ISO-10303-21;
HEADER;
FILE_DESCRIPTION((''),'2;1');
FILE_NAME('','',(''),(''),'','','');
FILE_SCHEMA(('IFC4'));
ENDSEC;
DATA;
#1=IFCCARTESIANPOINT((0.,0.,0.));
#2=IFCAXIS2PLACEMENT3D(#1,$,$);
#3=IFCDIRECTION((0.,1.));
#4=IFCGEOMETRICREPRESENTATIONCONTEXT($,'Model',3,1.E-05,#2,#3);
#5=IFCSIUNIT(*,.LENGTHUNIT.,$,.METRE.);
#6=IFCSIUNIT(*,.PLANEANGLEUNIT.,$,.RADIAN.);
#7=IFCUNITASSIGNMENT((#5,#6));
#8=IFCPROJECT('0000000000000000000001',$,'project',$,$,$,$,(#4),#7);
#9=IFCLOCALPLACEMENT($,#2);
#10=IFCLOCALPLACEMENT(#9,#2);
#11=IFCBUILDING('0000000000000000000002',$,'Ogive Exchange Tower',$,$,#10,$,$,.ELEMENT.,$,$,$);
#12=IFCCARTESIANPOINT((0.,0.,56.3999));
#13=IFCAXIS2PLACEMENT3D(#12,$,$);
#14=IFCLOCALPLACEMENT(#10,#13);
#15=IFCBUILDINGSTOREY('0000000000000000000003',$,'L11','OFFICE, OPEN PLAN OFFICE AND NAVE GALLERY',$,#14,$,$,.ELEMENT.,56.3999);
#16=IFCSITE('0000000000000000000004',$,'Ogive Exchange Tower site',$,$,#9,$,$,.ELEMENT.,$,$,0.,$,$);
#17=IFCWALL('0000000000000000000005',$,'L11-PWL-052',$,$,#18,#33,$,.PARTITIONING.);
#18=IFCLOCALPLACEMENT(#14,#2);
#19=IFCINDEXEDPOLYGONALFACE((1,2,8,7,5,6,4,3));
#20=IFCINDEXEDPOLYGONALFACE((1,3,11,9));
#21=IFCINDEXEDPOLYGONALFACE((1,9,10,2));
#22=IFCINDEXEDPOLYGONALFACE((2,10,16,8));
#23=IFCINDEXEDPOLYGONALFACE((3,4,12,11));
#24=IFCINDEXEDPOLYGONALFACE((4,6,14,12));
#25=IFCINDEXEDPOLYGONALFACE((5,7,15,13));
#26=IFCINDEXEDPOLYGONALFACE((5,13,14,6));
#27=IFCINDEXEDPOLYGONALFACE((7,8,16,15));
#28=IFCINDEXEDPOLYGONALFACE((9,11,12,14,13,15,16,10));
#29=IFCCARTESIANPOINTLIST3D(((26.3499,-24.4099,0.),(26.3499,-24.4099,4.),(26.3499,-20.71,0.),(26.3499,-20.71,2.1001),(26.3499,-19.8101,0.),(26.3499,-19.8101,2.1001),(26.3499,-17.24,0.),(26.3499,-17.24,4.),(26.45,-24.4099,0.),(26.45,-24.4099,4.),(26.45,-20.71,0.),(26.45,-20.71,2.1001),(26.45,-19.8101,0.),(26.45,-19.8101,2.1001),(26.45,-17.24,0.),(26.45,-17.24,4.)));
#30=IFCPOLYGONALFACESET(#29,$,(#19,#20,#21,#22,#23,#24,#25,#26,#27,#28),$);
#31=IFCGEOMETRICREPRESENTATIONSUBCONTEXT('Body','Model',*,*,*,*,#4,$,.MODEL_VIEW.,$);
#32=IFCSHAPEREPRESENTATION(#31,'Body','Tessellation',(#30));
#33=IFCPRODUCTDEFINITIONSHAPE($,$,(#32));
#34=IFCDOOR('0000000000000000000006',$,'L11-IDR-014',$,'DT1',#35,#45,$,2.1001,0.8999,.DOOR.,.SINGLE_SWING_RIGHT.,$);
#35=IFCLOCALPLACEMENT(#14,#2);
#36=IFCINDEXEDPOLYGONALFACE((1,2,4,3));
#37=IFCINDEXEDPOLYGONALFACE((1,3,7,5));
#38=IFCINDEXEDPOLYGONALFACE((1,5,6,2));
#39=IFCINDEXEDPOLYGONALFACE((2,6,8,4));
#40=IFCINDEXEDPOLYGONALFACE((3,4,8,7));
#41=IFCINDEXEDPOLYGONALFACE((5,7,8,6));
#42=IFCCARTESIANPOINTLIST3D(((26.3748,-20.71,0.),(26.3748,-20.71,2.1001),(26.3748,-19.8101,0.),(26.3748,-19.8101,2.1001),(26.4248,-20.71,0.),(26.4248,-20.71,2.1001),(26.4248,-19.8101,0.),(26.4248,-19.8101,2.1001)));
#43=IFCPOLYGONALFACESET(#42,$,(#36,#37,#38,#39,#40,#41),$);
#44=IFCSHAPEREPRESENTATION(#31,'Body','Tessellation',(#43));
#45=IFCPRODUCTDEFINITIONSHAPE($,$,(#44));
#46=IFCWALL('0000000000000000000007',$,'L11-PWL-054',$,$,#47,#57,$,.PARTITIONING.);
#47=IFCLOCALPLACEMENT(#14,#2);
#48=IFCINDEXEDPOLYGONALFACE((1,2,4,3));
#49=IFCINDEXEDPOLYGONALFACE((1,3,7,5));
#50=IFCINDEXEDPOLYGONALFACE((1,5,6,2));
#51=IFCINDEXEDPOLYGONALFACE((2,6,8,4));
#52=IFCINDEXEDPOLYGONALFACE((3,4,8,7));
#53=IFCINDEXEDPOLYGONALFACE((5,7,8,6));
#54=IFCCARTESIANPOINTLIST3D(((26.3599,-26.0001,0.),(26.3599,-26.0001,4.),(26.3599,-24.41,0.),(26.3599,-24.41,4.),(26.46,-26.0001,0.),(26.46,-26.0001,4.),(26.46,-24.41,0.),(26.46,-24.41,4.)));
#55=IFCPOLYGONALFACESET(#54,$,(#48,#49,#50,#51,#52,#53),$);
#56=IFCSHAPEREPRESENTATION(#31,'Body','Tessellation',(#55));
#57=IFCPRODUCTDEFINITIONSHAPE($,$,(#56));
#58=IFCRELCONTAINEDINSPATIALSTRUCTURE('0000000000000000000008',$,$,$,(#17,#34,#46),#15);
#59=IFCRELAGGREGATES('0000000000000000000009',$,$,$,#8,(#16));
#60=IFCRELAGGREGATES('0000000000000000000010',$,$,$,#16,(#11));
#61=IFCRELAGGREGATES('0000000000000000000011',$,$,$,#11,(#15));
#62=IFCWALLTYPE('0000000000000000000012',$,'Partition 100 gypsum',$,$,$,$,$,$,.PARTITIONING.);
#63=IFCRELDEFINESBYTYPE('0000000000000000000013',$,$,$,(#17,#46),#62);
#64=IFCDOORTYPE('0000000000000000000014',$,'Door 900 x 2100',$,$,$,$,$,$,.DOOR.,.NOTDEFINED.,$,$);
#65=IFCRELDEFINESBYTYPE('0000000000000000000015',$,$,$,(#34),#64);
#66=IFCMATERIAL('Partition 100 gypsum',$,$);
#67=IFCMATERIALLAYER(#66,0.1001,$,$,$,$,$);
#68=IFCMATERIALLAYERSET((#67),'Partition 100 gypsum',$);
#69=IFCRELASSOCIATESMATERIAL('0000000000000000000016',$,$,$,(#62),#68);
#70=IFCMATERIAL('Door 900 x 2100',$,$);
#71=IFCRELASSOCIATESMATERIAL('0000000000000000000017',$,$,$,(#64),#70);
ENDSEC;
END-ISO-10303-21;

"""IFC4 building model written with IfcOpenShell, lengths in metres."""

from ifc_helpers import new_model, si_unit, direction, frame, frame_2d, origin, place, context, subcontext, project, spatial, rectangle, extrude, material, layer, layer_set, type_object, element, fill, save


model = new_model("IFC4")

# Units and contexts
model_context = context("Model", 3, precision=1e-05, world=origin(), true_north=direction((0.0, 1.0)))
body_context = subcontext(model_context, "Body", "Model", "MODEL_VIEW")
ifc_project = project(units=[si_unit("LENGTHUNIT", "METRE"), si_unit("PLANEANGLEUNIT", "RADIAN")], contexts=[model_context])

# Site, building, storey
site_placement = place(None, origin())
site = spatial("IfcSite", under=ifc_project, at=site_placement, Name="Ogive Exchange Tower site", CompositionType="ELEMENT", RefElevation=0.0)
building_placement = place(site_placement, origin())
building = spatial("IfcBuilding", under=site, at=building_placement, Name="Ogive Exchange Tower", CompositionType="ELEMENT")
storey_placement = place(building_placement, frame((0.0, 0.0, 56.3999)))
storey = spatial("IfcBuildingStorey", under=building, at=storey_placement, Name="L11", Description="OFFICE, OPEN PLAN OFFICE AND NAVE GALLERY", CompositionType="ELEMENT", Elevation=56.3999)

# Wall, opening, door
ifc_material_1 = material(Name="Partition 100 gypsum")
ifc_layer_1 = layer(ifc_material_1, 0.1001)
ifc_layer_set_1 = layer_set([ifc_layer_1], Name="Partition 100 gypsum")
wall_type_1 = type_object("IfcWallType", Name="Partition 100 gypsum", PredefinedType="PARTITIONING", material=ifc_layer_set_1)
wall_1_placement = place(storey_placement, frame((26.3999, -24.4099, 0.0), z_axis=(0.0, 0.0, 1.0), x_axis=(0.0, 1.0, 0.0)))
wall_1 = element("IfcWall", 1, at=wall_1_placement, inside=storey, type_object=wall_type_1, Name="L11-PWL-052", PredefinedType="PARTITIONING", context=body_context, shape_type="SweptSolid", body=[
    extrude(rectangle(XDim=7.1699, YDim=0.1001, at=frame_2d((3.585, 0.0))), origin(), (0.0, 0.0, 1.0), 4.0),
])
opening_1_placement = place(wall_1_placement, frame((3.7, 0.0, 0.0)))
opening_1 = element("IfcOpeningElement", 2, at=opening_1_placement, cuts=wall_1, PredefinedType="OPENING", context=body_context, shape_type="SweptSolid", body=[
    extrude(rectangle(XDim=0.8999, YDim=2.1001, at=frame_2d((0.45, 1.05))), frame((0.0, 0.0601, 0.0), z_axis=(0.0, -1.0, 0.0), x_axis=(1.0, 0.0, 0.0)), (0.0, 0.0, 1.0), 0.1201),
])
ifc_material_2 = material(Name="Door 900 x 2100")
door_type_1 = type_object("IfcDoorType", Name="Door 900 x 2100", OperationType="NOTDEFINED", PredefinedType="DOOR", material=ifc_material_2)
door_1_placement = place(opening_1_placement, frame((0.8999, 0.0, 0.0), z_axis=(0.0, 0.0, 1.0), x_axis=(-1.0, 0.0, 0.0)))
door_1 = element("IfcDoor", 3, at=door_1_placement, inside=storey, type_object=door_type_1, Name="L11-IDR-014", ObjectType="DT1", OperationType="SINGLE_SWING_RIGHT", OverallHeight=2.1001, OverallWidth=0.8999, PredefinedType="DOOR", context=body_context, shape_type="SweptSolid", body=[
    extrude(rectangle(XDim=0.8999, YDim=2.1001, at=frame_2d((0.45, 1.05))), frame((0.0, 0.0249, 0.0), z_axis=(0.0, -1.0, 0.0), x_axis=(1.0, 0.0, 0.0)), (0.0, 0.0, 1.0), 0.05),
])
fill(opening_1, door_1)

# Wall
wall_2_placement = place(storey_placement, frame((26.4099, -26.0, 0.0), z_axis=(0.0, 0.0, 1.0), x_axis=(0.0, 1.0, 0.0)))
element("IfcWall", 4, at=wall_2_placement, inside=storey, type_object=wall_type_1, Name="L11-PWL-054", PredefinedType="PARTITIONING", context=body_context, shape_type="SweptSolid", body=[
    extrude(rectangle(XDim=1.5901, YDim=0.1001, at=frame_2d((0.7949, 0.0))), origin(), (0.0, 0.0, 1.0), 4.0),
])

save(model, "model.ifc")
